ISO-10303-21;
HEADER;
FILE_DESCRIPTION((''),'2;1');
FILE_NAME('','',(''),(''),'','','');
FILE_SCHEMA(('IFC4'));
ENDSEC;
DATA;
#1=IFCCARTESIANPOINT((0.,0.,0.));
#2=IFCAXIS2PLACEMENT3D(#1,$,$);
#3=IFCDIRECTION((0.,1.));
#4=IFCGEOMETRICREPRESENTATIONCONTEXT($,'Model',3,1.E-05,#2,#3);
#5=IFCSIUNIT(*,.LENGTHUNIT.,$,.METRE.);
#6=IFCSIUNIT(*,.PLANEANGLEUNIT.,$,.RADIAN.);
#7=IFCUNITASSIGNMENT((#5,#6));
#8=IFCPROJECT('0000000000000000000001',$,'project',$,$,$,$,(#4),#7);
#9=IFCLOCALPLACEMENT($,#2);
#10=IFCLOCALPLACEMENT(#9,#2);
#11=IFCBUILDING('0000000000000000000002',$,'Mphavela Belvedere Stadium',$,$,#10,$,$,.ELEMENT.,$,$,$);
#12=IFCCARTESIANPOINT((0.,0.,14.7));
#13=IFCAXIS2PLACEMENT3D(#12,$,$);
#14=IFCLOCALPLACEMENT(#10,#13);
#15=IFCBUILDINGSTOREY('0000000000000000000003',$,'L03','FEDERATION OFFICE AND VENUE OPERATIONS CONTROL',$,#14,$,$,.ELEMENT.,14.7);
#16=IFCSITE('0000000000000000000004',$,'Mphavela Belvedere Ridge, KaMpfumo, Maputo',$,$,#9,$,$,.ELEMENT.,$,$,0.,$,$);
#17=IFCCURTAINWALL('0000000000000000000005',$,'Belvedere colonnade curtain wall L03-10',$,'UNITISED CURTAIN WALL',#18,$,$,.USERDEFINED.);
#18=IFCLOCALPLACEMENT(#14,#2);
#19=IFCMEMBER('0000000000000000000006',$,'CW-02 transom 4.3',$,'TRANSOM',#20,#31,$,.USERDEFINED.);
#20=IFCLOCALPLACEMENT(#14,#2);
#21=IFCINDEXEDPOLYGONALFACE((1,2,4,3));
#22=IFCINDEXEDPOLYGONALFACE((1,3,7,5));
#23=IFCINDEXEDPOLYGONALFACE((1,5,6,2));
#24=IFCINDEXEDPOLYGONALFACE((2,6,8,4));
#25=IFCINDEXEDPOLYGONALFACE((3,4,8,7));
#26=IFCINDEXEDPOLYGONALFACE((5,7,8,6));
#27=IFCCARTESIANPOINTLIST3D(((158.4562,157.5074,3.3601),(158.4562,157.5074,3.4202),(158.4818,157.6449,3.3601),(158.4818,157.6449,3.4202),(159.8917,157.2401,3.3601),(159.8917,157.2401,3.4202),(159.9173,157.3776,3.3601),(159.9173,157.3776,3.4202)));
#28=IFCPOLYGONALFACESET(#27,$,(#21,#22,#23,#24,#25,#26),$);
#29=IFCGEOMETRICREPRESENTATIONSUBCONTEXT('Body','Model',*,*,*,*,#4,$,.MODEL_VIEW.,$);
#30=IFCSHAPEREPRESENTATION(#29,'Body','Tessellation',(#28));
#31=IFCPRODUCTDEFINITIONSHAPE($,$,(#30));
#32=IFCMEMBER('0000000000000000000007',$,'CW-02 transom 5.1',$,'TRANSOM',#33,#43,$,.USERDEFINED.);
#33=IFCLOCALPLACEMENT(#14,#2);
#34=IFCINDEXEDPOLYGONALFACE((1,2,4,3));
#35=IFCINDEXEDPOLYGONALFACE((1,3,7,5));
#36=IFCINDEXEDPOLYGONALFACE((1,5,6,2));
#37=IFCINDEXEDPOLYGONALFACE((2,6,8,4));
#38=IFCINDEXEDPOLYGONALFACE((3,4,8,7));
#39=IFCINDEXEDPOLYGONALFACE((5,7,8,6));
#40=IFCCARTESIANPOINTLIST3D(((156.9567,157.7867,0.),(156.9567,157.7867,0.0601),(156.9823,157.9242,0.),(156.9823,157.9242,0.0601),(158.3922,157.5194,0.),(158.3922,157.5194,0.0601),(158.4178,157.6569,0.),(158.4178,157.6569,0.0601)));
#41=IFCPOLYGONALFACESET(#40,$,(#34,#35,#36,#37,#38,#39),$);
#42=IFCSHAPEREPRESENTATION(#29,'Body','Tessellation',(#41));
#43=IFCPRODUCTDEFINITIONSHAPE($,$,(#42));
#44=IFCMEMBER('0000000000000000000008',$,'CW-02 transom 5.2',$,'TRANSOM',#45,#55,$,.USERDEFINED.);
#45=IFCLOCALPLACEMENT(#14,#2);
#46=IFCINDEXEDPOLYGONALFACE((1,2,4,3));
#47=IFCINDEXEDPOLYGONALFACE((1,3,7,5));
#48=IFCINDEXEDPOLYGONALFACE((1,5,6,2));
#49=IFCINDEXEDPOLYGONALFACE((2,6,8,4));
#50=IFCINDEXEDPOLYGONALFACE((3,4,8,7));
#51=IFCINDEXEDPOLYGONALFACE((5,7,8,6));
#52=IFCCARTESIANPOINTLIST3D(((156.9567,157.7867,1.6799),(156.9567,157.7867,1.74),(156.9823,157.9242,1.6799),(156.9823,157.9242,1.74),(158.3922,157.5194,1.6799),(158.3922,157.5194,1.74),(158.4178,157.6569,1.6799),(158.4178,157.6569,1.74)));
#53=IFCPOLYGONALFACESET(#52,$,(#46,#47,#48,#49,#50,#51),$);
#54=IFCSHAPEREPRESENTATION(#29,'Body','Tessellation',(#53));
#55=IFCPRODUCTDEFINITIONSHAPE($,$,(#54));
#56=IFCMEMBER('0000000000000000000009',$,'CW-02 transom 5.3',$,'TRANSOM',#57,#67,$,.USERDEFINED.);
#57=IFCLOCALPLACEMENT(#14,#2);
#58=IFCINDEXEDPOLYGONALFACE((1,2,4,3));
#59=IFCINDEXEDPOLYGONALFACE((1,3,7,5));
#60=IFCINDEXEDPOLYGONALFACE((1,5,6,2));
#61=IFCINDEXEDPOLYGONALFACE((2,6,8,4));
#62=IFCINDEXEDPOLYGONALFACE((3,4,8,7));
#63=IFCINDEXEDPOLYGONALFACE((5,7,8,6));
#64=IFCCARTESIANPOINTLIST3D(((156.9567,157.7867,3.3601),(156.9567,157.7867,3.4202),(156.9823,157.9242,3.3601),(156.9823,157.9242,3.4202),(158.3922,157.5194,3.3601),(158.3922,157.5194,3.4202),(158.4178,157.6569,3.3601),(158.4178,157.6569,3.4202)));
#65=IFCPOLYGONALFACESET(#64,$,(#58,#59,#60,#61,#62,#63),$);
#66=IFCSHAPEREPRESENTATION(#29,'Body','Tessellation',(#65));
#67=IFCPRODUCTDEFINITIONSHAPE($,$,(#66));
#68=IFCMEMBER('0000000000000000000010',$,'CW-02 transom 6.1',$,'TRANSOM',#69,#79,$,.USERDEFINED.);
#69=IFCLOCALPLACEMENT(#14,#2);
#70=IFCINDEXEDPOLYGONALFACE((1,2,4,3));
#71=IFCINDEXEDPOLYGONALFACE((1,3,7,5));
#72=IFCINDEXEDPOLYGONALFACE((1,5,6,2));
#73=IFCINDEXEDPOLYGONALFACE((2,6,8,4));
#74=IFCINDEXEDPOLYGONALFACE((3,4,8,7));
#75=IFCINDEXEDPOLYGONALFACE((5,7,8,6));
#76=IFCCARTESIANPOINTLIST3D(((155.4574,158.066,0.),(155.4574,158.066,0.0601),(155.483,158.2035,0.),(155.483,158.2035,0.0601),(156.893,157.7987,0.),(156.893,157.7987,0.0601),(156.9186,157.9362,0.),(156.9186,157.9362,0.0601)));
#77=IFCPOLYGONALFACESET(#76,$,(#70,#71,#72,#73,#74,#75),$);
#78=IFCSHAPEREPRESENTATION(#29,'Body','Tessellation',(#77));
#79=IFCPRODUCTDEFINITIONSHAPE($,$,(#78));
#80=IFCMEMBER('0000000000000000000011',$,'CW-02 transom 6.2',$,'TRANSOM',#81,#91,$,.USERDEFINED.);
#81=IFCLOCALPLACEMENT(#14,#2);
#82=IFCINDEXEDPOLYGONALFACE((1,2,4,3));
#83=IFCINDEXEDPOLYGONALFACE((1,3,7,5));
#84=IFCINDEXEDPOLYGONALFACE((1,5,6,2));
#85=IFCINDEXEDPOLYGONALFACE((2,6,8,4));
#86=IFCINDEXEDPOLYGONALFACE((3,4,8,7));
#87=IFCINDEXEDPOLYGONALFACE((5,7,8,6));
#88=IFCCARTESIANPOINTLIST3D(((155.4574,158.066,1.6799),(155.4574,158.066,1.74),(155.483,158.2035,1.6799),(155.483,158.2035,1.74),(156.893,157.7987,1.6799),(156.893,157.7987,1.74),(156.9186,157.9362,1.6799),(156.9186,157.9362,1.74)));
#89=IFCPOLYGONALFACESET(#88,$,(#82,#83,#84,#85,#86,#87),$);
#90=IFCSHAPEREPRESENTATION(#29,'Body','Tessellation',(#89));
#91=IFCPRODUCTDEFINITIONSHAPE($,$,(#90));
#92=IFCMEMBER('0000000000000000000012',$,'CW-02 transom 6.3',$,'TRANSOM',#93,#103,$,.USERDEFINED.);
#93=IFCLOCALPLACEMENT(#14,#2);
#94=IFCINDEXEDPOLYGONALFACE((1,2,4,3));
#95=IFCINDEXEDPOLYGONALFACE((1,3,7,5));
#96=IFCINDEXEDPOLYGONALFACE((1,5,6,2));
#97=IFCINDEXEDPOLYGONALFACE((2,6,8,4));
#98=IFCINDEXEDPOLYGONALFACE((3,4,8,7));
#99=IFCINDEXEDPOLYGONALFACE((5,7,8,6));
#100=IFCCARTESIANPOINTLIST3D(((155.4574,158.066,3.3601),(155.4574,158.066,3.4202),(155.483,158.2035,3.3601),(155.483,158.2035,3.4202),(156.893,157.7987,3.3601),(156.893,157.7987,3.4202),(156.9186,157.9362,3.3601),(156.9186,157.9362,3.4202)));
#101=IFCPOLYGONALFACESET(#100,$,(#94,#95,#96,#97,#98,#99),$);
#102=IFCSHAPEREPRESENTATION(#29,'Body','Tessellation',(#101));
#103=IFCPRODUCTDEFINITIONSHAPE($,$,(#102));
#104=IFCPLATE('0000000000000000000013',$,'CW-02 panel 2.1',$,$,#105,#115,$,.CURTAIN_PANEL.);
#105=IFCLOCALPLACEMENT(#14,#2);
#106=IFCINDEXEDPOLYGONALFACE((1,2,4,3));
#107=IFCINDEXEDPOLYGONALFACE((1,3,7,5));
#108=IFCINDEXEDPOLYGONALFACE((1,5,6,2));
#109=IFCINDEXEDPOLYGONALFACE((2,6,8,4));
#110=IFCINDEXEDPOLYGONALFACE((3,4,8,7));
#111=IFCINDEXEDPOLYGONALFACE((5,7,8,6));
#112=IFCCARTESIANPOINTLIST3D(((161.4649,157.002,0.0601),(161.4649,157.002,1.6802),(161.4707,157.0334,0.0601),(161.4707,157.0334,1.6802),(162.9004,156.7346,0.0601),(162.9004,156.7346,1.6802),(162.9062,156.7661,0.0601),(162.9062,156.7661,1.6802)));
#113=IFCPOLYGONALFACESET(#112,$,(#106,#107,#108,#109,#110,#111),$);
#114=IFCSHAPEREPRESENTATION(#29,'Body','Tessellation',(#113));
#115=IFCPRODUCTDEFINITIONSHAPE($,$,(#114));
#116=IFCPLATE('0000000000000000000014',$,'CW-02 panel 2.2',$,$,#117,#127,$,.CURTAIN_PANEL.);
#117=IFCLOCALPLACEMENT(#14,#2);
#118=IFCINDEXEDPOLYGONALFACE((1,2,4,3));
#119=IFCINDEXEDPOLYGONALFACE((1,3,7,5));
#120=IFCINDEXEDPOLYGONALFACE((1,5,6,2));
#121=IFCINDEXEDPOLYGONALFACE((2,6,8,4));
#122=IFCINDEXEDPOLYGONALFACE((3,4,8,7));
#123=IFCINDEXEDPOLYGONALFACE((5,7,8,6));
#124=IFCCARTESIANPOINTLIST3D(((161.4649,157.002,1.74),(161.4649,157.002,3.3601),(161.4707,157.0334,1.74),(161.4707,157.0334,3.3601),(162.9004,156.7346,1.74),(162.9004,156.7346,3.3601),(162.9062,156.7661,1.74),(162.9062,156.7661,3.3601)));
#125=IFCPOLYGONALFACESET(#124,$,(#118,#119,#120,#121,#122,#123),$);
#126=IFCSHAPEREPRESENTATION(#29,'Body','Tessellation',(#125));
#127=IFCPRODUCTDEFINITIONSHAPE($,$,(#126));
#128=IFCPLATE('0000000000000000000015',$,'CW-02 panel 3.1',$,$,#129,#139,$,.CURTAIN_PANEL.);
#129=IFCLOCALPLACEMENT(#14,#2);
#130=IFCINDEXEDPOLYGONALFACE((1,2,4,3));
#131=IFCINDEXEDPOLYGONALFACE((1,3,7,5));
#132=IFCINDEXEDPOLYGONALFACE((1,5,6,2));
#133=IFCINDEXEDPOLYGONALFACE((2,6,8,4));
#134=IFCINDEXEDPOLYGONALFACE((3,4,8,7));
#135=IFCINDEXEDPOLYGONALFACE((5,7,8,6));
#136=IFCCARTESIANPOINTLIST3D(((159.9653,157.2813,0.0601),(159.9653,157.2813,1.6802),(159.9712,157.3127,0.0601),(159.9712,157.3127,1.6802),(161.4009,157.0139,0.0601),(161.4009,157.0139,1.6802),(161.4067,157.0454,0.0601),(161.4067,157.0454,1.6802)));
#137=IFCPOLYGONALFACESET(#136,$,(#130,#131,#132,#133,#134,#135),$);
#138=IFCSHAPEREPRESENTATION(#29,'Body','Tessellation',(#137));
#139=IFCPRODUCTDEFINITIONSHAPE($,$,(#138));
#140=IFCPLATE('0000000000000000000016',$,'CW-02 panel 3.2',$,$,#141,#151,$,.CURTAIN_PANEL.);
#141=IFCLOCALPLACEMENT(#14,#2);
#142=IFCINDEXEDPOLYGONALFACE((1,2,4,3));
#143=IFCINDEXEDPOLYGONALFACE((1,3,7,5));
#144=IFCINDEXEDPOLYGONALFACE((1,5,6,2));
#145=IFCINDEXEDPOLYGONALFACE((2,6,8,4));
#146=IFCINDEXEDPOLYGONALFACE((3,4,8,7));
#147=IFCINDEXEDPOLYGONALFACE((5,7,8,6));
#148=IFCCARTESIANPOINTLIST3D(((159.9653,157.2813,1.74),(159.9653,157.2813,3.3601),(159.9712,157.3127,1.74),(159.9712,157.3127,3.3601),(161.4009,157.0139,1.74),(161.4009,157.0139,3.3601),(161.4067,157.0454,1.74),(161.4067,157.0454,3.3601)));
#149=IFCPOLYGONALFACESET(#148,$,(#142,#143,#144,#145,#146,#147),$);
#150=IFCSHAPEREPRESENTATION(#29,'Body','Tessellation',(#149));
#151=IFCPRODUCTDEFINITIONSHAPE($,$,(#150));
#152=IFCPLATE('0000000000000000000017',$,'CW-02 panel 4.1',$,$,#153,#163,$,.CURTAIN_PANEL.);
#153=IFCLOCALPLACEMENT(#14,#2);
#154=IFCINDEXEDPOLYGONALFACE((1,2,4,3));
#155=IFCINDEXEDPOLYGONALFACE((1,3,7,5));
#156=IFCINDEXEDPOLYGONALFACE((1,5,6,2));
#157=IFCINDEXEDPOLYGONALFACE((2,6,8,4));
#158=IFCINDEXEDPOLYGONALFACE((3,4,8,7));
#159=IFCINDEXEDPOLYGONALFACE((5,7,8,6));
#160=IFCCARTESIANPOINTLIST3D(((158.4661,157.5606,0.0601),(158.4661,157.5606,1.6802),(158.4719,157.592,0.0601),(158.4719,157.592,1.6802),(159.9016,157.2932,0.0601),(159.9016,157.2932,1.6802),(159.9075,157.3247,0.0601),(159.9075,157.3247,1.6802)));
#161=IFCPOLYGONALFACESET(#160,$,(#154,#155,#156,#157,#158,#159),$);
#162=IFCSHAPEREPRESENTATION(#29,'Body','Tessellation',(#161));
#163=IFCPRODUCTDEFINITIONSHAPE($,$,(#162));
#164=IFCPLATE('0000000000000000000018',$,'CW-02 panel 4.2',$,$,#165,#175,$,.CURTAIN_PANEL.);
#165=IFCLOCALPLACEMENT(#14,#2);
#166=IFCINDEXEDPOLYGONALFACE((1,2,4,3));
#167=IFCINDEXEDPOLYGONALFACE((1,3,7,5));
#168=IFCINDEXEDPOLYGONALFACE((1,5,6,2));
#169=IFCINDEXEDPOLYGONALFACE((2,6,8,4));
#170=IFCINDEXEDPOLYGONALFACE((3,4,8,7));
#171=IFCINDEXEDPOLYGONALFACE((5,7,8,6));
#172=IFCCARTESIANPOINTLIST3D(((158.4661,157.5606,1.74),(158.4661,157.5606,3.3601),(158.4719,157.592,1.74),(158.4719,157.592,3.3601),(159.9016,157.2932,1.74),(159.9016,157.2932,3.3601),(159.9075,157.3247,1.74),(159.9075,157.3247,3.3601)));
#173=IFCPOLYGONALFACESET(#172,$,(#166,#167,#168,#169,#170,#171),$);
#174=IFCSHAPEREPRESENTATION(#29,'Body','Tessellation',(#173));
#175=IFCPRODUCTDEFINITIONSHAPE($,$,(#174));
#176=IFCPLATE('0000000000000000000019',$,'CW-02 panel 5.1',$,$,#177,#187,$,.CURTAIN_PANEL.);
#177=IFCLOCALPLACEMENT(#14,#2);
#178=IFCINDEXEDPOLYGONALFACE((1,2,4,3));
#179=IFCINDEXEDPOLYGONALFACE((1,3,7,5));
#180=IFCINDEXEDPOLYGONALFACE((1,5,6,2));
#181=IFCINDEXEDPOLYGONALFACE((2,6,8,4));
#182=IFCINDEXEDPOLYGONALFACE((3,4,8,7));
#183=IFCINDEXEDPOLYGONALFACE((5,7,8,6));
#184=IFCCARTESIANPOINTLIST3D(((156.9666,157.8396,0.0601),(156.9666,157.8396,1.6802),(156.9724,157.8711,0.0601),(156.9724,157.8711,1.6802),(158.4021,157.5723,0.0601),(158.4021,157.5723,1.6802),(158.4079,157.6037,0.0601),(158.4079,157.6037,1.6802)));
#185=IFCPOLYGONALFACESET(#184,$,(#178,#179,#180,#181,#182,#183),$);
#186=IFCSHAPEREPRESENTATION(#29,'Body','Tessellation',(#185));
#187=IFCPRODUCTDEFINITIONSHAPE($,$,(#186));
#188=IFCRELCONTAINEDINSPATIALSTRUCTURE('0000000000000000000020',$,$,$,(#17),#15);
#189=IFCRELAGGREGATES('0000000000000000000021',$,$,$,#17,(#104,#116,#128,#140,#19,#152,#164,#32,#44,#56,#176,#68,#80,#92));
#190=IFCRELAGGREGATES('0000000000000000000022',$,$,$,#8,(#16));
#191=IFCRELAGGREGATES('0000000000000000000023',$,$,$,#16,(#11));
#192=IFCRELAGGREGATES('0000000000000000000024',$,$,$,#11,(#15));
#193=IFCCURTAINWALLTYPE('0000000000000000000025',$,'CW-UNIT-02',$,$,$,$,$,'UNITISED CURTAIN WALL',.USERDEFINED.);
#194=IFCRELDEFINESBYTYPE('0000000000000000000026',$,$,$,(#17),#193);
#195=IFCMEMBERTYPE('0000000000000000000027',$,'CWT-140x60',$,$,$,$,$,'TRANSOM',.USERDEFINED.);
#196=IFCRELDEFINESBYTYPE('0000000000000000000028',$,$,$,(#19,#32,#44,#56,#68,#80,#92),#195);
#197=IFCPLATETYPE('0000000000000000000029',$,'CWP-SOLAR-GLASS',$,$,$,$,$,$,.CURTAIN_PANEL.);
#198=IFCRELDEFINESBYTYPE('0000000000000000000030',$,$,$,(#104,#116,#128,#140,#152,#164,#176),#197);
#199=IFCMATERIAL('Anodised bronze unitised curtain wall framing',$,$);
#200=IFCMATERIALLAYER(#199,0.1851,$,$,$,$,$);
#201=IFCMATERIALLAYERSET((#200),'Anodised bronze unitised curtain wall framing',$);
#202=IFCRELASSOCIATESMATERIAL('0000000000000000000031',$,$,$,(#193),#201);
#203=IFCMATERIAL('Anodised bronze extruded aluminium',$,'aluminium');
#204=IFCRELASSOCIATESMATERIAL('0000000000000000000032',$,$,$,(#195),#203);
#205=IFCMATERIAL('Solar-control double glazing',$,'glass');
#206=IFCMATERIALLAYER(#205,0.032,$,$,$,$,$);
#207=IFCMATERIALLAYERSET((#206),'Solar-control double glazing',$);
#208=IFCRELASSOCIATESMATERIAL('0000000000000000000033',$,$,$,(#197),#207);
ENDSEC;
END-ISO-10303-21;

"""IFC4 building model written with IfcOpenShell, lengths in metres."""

from ifc_helpers import new_model, si_unit, direction, frame, origin, origin_2d, place, context, subcontext, project, spatial, rectangle, extrude, material, layer, layer_set, material_profile, profile_set, type_object, element, aggregate, save


model = new_model("IFC4")

# Units and contexts
model_context = context("Model", 3, precision=1e-05, world=origin(), true_north=direction((0.0, 1.0)))
body_context = subcontext(model_context, "Body", "Model", "MODEL_VIEW")
ifc_project = project(units=[si_unit("LENGTHUNIT", "METRE"), si_unit("PLANEANGLEUNIT", "RADIAN")], contexts=[model_context])

# Site, building, storey
site_placement = place(None, origin())
site = spatial("IfcSite", under=ifc_project, at=site_placement, Name="Mphavela Belvedere Ridge, KaMpfumo, Maputo", CompositionType="ELEMENT", RefElevation=0.0)
building_placement = place(site_placement, origin())
building = spatial("IfcBuilding", under=site, at=building_placement, Name="Mphavela Belvedere Stadium", CompositionType="ELEMENT")
storey_placement = place(building_placement, frame((0.0, 0.0, 14.7)))
storey = spatial("IfcBuildingStorey", under=building, at=storey_placement, Name="L03", Description="FEDERATION OFFICE AND VENUE OPERATIONS CONTROL", CompositionType="ELEMENT", Elevation=14.7)

# Curtain wall, members, plates
ifc_material_1 = material(Name="Anodised bronze unitised curtain wall framing")
ifc_layer_1 = layer(ifc_material_1, 0.1851)
ifc_layer_set_1 = layer_set([ifc_layer_1], Name="Anodised bronze unitised curtain wall framing")
curtain_wall_type = type_object("IfcCurtainWallType", Name="CW-UNIT-02", ElementType="UNITISED CURTAIN WALL", PredefinedType="USERDEFINED", material=ifc_layer_set_1)
curtain_wall_placement = place(storey_placement, origin())
curtain_wall = element("IfcCurtainWall", 1, at=curtain_wall_placement, inside=storey, type_object=curtain_wall_type, Name="Belvedere colonnade curtain wall L03-10", ObjectType="UNITISED CURTAIN WALL", PredefinedType="USERDEFINED")
ifc_material_2 = material(Name="Anodised bronze extruded aluminium", Category="aluminium")
ifc_material_profile_1 = material_profile(ifc_material_2, rectangle(XDim=0.1399, YDim=0.0601, at=origin_2d()), Name="CW-TRN 140x60")
ifc_profile_set_1 = profile_set([ifc_material_profile_1], Name="Anodised bronze extruded aluminium")
member_type_1 = type_object("IfcMemberType", Name="CWT-140x60", ElementType="TRANSOM", PredefinedType="USERDEFINED", material=ifc_profile_set_1)
member_1_placement = place(storey_placement, frame((159.9045, 157.3088, 3.3901), z_axis=(-0.983099, 0.183077, 0.0), x_axis=(-0.183077, -0.983099, 0.0)))
member_1 = element("IfcMember", 2, at=member_1_placement, type_object=member_type_1, Name="CW-02 transom 4.3", ObjectType="TRANSOM", PredefinedType="USERDEFINED", context=body_context, shape_type="SweptSolid", body=[
    extrude(rectangle(XDim=0.1399, YDim=0.0601, at=origin_2d()), origin(), (0.0, 0.0, 1.0), 1.4602),
])
member_2_placement = place(storey_placement, frame((158.405, 157.5881, 0.03), z_axis=(-0.983099, 0.183077, 0.0), x_axis=(-0.183077, -0.983099, 0.0)))
member_2 = element("IfcMember", 3, at=member_2_placement, type_object=member_type_1, Name="CW-02 transom 5.1", ObjectType="TRANSOM", PredefinedType="USERDEFINED", context=body_context, shape_type="SweptSolid", body=[
    extrude(rectangle(XDim=0.1399, YDim=0.0601, at=origin_2d()), origin(), (0.0, 0.0, 1.0), 1.4602),
])
member_3_placement = place(storey_placement, frame((158.405, 157.5881, 1.71), z_axis=(-0.983099, 0.183077, 0.0), x_axis=(-0.183077, -0.983099, 0.0)))
member_3 = element("IfcMember", 4, at=member_3_placement, type_object=member_type_1, Name="CW-02 transom 5.2", ObjectType="TRANSOM", PredefinedType="USERDEFINED", context=body_context, shape_type="SweptSolid", body=[
    extrude(rectangle(XDim=0.1399, YDim=0.0601, at=origin_2d()), origin(), (0.0, 0.0, 1.0), 1.4602),
])
member_4_placement = place(storey_placement, frame((158.405, 157.5881, 3.3901), z_axis=(-0.983099, 0.183077, 0.0), x_axis=(-0.183077, -0.983099, 0.0)))
member_4 = element("IfcMember", 5, at=member_4_placement, type_object=member_type_1, Name="CW-02 transom 5.3", ObjectType="TRANSOM", PredefinedType="USERDEFINED", context=body_context, shape_type="SweptSolid", body=[
    extrude(rectangle(XDim=0.1399, YDim=0.0601, at=origin_2d()), origin(), (0.0, 0.0, 1.0), 1.4602),
])
member_5_placement = place(storey_placement, frame((156.9058, 157.8674, 0.03), z_axis=(-0.983099, 0.183077, 0.0), x_axis=(-0.183077, -0.983099, 0.0)))
member_5 = element("IfcMember", 6, at=member_5_placement, type_object=member_type_1, Name="CW-02 transom 6.1", ObjectType="TRANSOM", PredefinedType="USERDEFINED", context=body_context, shape_type="SweptSolid", body=[
    extrude(rectangle(XDim=0.1399, YDim=0.0601, at=origin_2d()), origin(), (0.0, 0.0, 1.0), 1.4602),
])
member_6_placement = place(storey_placement, frame((156.9058, 157.8674, 1.71), z_axis=(-0.983099, 0.183077, 0.0), x_axis=(-0.183077, -0.983099, 0.0)))
member_6 = element("IfcMember", 7, at=member_6_placement, type_object=member_type_1, Name="CW-02 transom 6.2", ObjectType="TRANSOM", PredefinedType="USERDEFINED", context=body_context, shape_type="SweptSolid", body=[
    extrude(rectangle(XDim=0.1399, YDim=0.0601, at=origin_2d()), origin(), (0.0, 0.0, 1.0), 1.4602),
])
member_7_placement = place(storey_placement, frame((156.9058, 157.8674, 3.3901), z_axis=(-0.983099, 0.183077, 0.0), x_axis=(-0.183077, -0.983099, 0.0)))
member_7 = element("IfcMember", 8, at=member_7_placement, type_object=member_type_1, Name="CW-02 transom 6.3", ObjectType="TRANSOM", PredefinedType="USERDEFINED", context=body_context, shape_type="SweptSolid", body=[
    extrude(rectangle(XDim=0.1399, YDim=0.0601, at=origin_2d()), origin(), (0.0, 0.0, 1.0), 1.4602),
])
ifc_material_3 = material(Name="Solar-control double glazing", Category="glass")
ifc_layer_2 = layer(ifc_material_3, 0.032)
ifc_layer_set_2 = layer_set([ifc_layer_2], Name="Solar-control double glazing")
plate_type = type_object("IfcPlateType", Name="CWP-SOLAR-GLASS", PredefinedType="CURTAIN_PANEL", material=ifc_layer_set_2)
plate_1_placement = place(storey_placement, frame((162.1855, 156.884, 0.0601), z_axis=(0.0, 0.0, 1.0), x_axis=(-0.983097, 0.183088, 0.0)))
plate_1 = element("IfcPlate", 9, at=plate_1_placement, type_object=plate_type, Name="CW-02 panel 2.1", PredefinedType="CURTAIN_PANEL", context=body_context, shape_type="SweptSolid", body=[
    extrude(rectangle(XDim=1.4602, YDim=0.032, at=origin_2d()), origin(), (0.0, 0.0, 1.0), 1.6201),
])
plate_2_placement = place(storey_placement, frame((162.1855, 156.884, 1.74), z_axis=(0.0, 0.0, 1.0), x_axis=(-0.983097, 0.183088, 0.0)))
plate_2 = element("IfcPlate", 10, at=plate_2_placement, type_object=plate_type, Name="CW-02 panel 2.2", PredefinedType="CURTAIN_PANEL", context=body_context, shape_type="SweptSolid", body=[
    extrude(rectangle(XDim=1.4602, YDim=0.032, at=origin_2d()), origin(), (0.0, 0.0, 1.0), 1.6201),
])
plate_3_placement = place(storey_placement, frame((160.686, 157.1633, 0.0601), z_axis=(0.0, 0.0, 1.0), x_axis=(-0.983097, 0.183088, 0.0)))
plate_3 = element("IfcPlate", 11, at=plate_3_placement, type_object=plate_type, Name="CW-02 panel 3.1", PredefinedType="CURTAIN_PANEL", context=body_context, shape_type="SweptSolid", body=[
    extrude(rectangle(XDim=1.4602, YDim=0.032, at=origin_2d()), origin(), (0.0, 0.0, 1.0), 1.6201),
])
plate_4_placement = place(storey_placement, frame((160.686, 157.1633, 1.74), z_axis=(0.0, 0.0, 1.0), x_axis=(-0.983097, 0.183088, 0.0)))
plate_4 = element("IfcPlate", 12, at=plate_4_placement, type_object=plate_type, Name="CW-02 panel 3.2", PredefinedType="CURTAIN_PANEL", context=body_context, shape_type="SweptSolid", body=[
    extrude(rectangle(XDim=1.4602, YDim=0.032, at=origin_2d()), origin(), (0.0, 0.0, 1.0), 1.6201),
])
plate_5_placement = place(storey_placement, frame((159.1868, 157.4426, 0.0601), z_axis=(0.0, 0.0, 1.0), x_axis=(-0.983097, 0.183088, 0.0)))
plate_5 = element("IfcPlate", 13, at=plate_5_placement, type_object=plate_type, Name="CW-02 panel 4.1", PredefinedType="CURTAIN_PANEL", context=body_context, shape_type="SweptSolid", body=[
    extrude(rectangle(XDim=1.4602, YDim=0.032, at=origin_2d()), origin(), (0.0, 0.0, 1.0), 1.6201),
])
plate_6_placement = place(storey_placement, frame((159.1868, 157.4426, 1.74), z_axis=(0.0, 0.0, 1.0), x_axis=(-0.983097, 0.183088, 0.0)))
plate_6 = element("IfcPlate", 14, at=plate_6_placement, type_object=plate_type, Name="CW-02 panel 4.2", PredefinedType="CURTAIN_PANEL", context=body_context, shape_type="SweptSolid", body=[
    extrude(rectangle(XDim=1.4602, YDim=0.032, at=origin_2d()), origin(), (0.0, 0.0, 1.0), 1.6201),
])
plate_7_placement = place(storey_placement, frame((157.6873, 157.7217, 0.0601), z_axis=(0.0, 0.0, 1.0), x_axis=(-0.983097, 0.183088, 0.0)))
plate_7 = element("IfcPlate", 15, at=plate_7_placement, type_object=plate_type, Name="CW-02 panel 5.1", PredefinedType="CURTAIN_PANEL", context=body_context, shape_type="SweptSolid", body=[
    extrude(rectangle(XDim=1.4602, YDim=0.032, at=origin_2d()), origin(), (0.0, 0.0, 1.0), 1.6201),
])
aggregate(curtain_wall, [plate_1, plate_2, plate_3, plate_4, member_1, plate_5, plate_6, member_2, member_3, member_4, plate_7, member_5, member_6, member_7])

save(model, "model.ifc")
